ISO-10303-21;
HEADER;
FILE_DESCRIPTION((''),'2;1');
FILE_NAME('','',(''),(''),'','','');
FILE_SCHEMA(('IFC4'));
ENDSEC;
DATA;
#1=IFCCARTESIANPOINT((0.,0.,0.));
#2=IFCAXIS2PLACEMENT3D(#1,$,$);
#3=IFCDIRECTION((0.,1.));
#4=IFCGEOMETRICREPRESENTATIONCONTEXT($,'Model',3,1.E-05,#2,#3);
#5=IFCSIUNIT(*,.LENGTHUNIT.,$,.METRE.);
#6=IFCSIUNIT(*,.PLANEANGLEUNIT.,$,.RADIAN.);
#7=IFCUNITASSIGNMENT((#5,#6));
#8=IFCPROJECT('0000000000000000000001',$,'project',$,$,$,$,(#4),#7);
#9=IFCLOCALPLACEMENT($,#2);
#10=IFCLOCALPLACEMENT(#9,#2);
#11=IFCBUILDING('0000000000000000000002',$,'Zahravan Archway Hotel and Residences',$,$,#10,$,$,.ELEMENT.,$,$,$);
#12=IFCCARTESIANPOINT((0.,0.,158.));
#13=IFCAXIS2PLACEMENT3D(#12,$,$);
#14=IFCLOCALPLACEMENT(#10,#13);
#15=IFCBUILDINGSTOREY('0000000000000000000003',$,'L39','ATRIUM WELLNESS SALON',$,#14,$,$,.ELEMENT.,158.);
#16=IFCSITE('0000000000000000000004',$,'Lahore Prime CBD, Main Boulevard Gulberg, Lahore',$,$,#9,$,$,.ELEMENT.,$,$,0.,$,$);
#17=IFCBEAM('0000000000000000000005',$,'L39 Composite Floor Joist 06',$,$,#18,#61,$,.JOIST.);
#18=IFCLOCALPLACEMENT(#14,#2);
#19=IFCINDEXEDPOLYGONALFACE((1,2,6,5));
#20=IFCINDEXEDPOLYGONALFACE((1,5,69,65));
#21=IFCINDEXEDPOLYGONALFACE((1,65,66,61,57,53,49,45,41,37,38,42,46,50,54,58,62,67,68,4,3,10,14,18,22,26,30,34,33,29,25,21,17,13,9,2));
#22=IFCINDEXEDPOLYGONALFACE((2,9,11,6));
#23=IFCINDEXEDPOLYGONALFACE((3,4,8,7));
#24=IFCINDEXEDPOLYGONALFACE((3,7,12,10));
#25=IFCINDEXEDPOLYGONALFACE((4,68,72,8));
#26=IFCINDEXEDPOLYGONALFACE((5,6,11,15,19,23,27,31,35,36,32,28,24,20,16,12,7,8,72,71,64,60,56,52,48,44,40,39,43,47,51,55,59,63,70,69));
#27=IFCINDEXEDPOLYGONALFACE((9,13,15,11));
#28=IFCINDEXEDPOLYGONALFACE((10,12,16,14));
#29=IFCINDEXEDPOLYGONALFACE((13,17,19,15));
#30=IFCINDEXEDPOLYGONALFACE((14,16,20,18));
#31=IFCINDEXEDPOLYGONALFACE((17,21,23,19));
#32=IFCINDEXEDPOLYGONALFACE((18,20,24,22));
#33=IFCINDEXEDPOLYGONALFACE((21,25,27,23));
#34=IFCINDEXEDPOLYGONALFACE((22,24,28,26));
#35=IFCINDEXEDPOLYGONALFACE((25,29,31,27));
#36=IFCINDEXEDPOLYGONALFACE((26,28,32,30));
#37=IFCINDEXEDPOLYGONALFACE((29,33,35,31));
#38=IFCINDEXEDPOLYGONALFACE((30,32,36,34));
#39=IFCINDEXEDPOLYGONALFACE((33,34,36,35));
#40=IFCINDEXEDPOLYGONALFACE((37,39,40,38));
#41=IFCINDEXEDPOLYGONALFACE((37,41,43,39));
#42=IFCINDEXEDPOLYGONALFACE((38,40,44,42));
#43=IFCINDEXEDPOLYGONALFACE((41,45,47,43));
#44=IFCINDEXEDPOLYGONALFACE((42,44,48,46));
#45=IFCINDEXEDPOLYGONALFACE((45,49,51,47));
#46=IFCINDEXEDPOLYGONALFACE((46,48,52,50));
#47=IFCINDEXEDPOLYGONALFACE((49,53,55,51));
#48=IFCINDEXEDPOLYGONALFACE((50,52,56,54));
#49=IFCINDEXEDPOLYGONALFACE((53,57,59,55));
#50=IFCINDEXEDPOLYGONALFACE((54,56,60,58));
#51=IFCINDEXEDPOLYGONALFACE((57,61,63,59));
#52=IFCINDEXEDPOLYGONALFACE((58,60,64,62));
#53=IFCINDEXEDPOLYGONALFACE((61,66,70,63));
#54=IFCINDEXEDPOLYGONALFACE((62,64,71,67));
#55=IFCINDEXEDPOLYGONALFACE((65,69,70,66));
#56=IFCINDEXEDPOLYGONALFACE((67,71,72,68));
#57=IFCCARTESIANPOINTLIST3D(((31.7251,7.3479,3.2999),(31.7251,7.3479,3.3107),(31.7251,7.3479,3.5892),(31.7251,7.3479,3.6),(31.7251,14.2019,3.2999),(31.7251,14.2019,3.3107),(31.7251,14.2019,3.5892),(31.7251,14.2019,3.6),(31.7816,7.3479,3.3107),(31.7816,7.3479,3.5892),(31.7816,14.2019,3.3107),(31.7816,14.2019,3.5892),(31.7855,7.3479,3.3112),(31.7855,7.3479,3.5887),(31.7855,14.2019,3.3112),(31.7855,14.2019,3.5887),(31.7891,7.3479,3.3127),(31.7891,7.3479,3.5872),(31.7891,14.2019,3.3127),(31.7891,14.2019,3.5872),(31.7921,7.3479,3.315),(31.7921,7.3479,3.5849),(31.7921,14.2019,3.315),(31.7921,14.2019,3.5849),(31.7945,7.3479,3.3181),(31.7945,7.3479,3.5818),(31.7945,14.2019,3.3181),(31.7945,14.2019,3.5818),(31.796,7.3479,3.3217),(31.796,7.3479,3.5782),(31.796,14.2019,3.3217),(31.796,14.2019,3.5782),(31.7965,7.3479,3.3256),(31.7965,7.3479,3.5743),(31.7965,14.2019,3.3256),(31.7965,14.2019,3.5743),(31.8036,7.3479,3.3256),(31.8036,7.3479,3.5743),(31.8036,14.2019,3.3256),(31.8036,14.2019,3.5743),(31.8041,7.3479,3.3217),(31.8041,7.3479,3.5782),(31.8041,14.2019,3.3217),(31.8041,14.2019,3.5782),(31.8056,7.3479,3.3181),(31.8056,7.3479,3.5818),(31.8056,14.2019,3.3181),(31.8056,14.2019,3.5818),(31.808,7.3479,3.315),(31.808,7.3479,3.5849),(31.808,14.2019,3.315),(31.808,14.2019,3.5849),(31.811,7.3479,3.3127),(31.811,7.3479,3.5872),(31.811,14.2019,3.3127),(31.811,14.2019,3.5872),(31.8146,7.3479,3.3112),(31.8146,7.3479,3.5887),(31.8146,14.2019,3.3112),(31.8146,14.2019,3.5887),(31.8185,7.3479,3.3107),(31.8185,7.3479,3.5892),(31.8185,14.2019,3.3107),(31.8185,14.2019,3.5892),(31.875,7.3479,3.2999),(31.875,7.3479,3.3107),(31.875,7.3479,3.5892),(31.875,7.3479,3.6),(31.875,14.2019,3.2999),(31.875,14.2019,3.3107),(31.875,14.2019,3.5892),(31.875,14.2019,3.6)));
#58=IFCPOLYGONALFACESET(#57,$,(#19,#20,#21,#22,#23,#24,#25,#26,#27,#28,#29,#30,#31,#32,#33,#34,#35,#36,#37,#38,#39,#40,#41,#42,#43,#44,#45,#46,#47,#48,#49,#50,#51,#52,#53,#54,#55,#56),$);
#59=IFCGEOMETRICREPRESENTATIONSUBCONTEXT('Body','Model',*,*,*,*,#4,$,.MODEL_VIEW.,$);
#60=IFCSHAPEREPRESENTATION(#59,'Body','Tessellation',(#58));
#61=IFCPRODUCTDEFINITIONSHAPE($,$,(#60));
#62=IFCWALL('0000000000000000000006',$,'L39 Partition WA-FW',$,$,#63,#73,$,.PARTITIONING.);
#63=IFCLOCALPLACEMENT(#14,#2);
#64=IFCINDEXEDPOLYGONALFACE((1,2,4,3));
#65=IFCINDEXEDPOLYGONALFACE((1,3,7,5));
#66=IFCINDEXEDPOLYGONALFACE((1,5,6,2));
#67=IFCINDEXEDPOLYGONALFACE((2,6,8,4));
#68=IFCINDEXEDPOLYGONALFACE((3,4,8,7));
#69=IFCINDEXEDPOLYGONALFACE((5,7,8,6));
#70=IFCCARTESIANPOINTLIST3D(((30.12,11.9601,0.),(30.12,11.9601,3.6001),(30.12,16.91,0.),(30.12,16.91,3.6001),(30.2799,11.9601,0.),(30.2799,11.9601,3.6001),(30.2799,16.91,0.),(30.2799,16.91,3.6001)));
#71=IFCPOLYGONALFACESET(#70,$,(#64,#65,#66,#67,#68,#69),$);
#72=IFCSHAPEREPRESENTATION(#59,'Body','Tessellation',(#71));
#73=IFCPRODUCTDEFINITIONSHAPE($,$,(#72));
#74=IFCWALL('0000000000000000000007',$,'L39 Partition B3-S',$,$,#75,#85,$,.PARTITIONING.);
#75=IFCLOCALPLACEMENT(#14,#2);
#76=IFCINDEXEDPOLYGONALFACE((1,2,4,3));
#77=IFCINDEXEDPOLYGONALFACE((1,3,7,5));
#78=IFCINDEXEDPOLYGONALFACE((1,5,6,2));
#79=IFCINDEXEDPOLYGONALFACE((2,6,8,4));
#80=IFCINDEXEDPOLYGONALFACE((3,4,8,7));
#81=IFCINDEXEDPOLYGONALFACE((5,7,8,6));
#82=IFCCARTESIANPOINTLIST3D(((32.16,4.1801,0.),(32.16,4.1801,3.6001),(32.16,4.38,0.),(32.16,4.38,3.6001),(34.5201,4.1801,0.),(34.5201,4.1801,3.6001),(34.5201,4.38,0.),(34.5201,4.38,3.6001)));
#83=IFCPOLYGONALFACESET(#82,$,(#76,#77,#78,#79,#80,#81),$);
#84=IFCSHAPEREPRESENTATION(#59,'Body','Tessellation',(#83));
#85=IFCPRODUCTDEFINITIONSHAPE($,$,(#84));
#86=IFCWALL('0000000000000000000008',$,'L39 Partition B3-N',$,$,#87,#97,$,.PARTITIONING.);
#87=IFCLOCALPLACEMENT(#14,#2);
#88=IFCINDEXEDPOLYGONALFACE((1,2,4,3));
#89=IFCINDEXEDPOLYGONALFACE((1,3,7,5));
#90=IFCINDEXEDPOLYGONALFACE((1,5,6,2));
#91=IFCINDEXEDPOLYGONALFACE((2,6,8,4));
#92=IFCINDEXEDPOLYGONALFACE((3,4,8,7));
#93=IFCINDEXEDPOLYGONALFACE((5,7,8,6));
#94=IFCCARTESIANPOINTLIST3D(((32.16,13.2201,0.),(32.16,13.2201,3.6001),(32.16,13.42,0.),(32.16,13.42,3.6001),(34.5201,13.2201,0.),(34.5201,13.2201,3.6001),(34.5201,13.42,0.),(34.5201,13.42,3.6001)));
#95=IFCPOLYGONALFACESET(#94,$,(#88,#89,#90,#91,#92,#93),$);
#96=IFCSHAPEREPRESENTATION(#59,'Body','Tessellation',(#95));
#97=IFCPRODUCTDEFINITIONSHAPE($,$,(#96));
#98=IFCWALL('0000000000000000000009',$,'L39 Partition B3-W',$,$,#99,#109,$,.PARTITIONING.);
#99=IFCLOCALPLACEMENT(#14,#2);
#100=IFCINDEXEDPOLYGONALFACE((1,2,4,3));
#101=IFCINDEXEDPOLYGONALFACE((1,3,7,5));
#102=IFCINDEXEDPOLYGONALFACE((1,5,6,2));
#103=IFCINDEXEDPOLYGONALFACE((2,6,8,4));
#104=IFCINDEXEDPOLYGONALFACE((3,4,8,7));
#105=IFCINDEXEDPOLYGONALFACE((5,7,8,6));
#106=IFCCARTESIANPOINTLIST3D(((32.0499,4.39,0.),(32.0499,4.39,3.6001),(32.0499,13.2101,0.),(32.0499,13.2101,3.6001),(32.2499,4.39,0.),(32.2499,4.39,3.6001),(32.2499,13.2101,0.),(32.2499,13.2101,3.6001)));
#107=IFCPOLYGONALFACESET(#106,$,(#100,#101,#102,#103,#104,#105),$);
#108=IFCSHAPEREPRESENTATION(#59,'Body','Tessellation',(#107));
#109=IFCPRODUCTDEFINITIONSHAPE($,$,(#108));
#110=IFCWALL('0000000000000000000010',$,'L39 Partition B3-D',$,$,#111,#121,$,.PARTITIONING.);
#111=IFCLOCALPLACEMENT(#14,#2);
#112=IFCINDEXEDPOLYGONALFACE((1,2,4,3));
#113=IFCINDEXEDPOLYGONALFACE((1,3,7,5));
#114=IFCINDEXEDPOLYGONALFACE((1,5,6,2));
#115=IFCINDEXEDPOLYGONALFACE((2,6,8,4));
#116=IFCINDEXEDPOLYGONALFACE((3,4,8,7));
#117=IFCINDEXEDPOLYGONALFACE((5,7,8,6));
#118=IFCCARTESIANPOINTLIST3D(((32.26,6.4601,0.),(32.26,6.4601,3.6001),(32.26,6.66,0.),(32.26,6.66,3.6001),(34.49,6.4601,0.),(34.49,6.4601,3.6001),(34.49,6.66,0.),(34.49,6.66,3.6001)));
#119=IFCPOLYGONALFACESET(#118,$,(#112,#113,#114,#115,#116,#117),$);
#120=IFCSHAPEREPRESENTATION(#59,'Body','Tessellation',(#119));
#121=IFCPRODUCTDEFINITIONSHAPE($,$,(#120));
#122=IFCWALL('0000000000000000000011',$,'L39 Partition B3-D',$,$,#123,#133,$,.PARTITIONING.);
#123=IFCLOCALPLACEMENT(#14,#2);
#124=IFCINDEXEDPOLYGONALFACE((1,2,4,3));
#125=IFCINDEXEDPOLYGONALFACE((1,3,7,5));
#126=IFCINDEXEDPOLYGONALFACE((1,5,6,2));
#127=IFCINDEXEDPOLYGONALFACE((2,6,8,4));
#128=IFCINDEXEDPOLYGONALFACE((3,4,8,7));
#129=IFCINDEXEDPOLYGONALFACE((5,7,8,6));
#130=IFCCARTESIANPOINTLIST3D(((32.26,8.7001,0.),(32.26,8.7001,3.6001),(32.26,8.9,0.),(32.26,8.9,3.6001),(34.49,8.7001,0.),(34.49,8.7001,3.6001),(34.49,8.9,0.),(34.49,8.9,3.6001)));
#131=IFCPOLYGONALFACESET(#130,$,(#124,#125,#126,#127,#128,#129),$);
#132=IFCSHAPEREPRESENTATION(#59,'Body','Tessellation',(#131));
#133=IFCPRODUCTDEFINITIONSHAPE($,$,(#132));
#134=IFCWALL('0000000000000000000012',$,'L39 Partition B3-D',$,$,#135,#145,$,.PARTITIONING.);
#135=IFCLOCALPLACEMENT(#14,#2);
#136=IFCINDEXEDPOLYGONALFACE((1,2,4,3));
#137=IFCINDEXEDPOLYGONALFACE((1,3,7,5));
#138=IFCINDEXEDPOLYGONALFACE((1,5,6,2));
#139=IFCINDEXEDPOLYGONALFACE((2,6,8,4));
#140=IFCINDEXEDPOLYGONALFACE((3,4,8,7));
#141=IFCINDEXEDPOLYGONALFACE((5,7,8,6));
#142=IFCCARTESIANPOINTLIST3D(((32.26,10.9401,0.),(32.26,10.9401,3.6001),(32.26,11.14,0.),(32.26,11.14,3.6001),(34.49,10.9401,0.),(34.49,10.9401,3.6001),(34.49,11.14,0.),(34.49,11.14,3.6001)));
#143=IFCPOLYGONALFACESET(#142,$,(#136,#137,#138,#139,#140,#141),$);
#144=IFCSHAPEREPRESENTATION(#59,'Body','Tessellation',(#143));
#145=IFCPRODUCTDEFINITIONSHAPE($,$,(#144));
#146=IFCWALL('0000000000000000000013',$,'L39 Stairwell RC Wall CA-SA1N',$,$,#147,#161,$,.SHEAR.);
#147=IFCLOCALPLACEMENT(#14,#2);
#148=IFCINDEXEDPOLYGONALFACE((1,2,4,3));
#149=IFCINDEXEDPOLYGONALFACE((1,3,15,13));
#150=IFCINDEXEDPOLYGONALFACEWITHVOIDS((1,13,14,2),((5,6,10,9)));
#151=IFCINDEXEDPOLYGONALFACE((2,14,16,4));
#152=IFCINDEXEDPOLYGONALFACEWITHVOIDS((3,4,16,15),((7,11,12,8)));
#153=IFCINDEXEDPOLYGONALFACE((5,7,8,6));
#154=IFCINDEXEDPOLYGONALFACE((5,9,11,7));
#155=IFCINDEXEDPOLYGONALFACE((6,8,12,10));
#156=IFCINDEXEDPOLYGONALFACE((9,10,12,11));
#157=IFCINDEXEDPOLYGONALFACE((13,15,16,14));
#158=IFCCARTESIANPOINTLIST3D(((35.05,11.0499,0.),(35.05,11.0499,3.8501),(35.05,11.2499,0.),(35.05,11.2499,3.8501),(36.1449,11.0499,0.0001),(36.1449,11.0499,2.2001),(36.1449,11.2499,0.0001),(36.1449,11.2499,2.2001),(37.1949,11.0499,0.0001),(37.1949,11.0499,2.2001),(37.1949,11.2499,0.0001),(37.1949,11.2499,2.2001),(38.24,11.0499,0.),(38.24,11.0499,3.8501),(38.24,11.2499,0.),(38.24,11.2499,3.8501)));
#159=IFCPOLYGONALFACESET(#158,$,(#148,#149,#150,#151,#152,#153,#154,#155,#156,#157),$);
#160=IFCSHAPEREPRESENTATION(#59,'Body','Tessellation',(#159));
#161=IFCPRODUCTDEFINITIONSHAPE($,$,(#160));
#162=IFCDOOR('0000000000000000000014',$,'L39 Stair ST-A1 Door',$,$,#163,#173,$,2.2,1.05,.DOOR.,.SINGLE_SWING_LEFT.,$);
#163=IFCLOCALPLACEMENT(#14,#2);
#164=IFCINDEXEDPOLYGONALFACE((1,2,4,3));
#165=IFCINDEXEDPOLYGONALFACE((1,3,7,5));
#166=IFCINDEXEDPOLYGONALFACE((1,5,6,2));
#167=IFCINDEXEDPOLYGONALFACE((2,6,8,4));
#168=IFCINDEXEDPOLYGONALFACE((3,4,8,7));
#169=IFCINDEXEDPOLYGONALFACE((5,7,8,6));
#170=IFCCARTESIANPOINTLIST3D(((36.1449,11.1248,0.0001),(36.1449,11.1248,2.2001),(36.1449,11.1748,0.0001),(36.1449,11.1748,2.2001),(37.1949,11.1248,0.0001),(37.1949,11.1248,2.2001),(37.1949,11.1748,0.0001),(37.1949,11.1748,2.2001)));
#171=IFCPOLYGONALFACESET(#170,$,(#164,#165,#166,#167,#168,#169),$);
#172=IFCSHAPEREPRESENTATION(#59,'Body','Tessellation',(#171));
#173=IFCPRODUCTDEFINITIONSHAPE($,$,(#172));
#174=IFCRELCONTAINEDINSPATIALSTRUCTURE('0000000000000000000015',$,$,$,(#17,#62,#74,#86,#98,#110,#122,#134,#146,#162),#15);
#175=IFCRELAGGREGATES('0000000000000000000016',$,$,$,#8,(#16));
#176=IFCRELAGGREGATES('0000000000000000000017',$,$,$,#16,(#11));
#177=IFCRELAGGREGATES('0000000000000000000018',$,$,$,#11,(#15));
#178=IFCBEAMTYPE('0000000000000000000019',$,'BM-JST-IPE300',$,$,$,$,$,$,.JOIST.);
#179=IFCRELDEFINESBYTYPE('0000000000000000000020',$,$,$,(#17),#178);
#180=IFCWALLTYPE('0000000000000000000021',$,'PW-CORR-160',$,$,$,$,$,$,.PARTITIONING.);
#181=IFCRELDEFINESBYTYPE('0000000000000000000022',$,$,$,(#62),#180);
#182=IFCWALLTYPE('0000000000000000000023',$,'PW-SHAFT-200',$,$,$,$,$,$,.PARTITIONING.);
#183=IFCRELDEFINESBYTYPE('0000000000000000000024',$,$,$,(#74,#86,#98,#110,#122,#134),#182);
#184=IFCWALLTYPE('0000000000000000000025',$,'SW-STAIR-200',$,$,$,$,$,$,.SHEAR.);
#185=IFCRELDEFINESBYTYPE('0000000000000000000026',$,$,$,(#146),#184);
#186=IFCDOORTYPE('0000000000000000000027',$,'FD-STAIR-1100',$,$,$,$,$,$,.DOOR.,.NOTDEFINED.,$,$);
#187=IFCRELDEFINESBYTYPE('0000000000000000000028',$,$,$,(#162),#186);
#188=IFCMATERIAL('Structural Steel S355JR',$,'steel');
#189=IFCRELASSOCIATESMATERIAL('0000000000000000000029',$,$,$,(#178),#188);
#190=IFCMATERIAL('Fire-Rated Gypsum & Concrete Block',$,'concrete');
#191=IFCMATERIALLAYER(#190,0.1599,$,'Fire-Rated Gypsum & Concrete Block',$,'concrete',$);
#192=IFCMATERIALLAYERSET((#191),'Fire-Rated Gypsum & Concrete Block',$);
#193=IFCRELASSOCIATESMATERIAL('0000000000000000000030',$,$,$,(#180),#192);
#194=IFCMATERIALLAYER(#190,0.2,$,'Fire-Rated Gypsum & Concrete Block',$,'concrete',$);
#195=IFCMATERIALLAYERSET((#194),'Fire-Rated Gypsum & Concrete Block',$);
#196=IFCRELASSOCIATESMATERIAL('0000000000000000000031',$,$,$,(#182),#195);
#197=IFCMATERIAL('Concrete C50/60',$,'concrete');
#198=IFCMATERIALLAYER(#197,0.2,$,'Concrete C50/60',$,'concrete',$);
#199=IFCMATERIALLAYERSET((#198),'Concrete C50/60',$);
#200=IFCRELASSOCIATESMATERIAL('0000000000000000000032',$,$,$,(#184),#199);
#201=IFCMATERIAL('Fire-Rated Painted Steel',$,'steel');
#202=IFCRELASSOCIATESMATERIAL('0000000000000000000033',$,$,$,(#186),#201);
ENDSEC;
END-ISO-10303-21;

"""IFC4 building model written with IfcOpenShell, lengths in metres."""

from ifc_helpers import new_model, si_unit, direction, frame, frame_2d, origin, origin_2d, place, context, subcontext, project, spatial, rectangle, i_section, extrude, source, transform, mapped, material, layer, layer_set, material_profile, profile_set, type_object, type_shapes, element, fill, save


model = new_model("IFC4")

# Units and contexts
model_context = context("Model", 3, precision=1e-05, world=origin(), true_north=direction((0.0, 1.0)))
body_context = subcontext(model_context, "Body", "Model", "MODEL_VIEW")
ifc_project = project(units=[si_unit("LENGTHUNIT", "METRE"), si_unit("PLANEANGLEUNIT", "RADIAN")], contexts=[model_context])

# Site, building, storey
site_placement = place(None, origin())
site = spatial("IfcSite", under=ifc_project, at=site_placement, Name="Lahore Prime CBD, Main Boulevard Gulberg, Lahore", CompositionType="ELEMENT", RefElevation=0.0)
building_placement = place(site_placement, origin())
building = spatial("IfcBuilding", under=site, at=building_placement, Name="Zahravan Archway Hotel and Residences", CompositionType="ELEMENT")
storey_placement = place(building_placement, frame((0.0, 0.0, 158.0)))
storey = spatial("IfcBuildingStorey", under=building, at=storey_placement, Name="L39", Description="ATRIUM WELLNESS SALON", CompositionType="ELEMENT", Elevation=158.0)

# Beam
ifc_material_1 = material(Name="Structural Steel S355JR", Category="steel")
ifc_material_profile_1 = material_profile(ifc_material_1, i_section(OverallWidth=0.1499, OverallDepth=0.3, WebThickness=0.0071, FlangeThickness=0.0107, FilletRadius=0.0149, at=origin_2d()), Name="IPE 300", Category="steel")
ifc_profile_set_1 = profile_set([ifc_material_profile_1], Name="Structural Steel S355JR")
beam_type_1 = type_object("IfcBeamType", Name="BM-JST-IPE300", PredefinedType="JOIST", material=ifc_profile_set_1)
shared_shape_1 = source(origin(), body_context, "Body", "SweptSolid", [
    extrude(i_section(OverallWidth=0.1499, OverallDepth=0.3, WebThickness=0.0071, FlangeThickness=0.0107, FilletRadius=0.0149, at=origin_2d()), origin(), (0.0, 0.0, 1.0), 6.854),
])
beam_1_placement = place(storey_placement, frame((31.8, 7.3479, 3.45), z_axis=(0.0, 1.0, 0.0), x_axis=(-1.0, 0.0, 0.0)))
element("IfcBeam", 1, at=beam_1_placement, inside=storey, type_object=beam_type_1, Name="L39 Composite Floor Joist 06", PredefinedType="JOIST", context=body_context, shape_type="MappedRepresentation", body=[
    mapped(shared_shape_1, transform((0.0, 0.0, 0.0), scale=1.0)),
])

# Walls
ifc_material_2 = material(Name="Fire-Rated Gypsum & Concrete Block", Category="concrete")
ifc_layer_1 = layer(ifc_material_2, 0.1599, Name="Fire-Rated Gypsum & Concrete Block", Category="concrete")
ifc_layer_set_1 = layer_set([ifc_layer_1], Name="Fire-Rated Gypsum & Concrete Block")
wall_type_1 = type_object("IfcWallType", Name="PW-CORR-160", PredefinedType="PARTITIONING", material=ifc_layer_set_1)
wall_1_placement = place(storey_placement, frame((30.2, 11.96, 0.0), z_axis=(0.0, 0.0, 1.0), x_axis=(0.0, 1.0, 0.0)))
element("IfcWall", 2, at=wall_1_placement, inside=storey, type_object=wall_type_1, Name="L39 Partition WA-FW", PredefinedType="PARTITIONING", context=body_context, shape_type="SweptSolid", body=[
    extrude(rectangle(XDim=4.95, YDim=0.1599, at=frame_2d((2.4751, 0.0))), origin(), (0.0, 0.0, 1.0), 3.6001),
])
ifc_layer_2 = layer(ifc_material_2, 0.2, Name="Fire-Rated Gypsum & Concrete Block", Category="concrete")
ifc_layer_set_2 = layer_set([ifc_layer_2], Name="Fire-Rated Gypsum & Concrete Block")
wall_type_2 = type_object("IfcWallType", Name="PW-SHAFT-200", PredefinedType="PARTITIONING", material=ifc_layer_set_2)
for number, where, z_axis, x_axis, name in (
    (3, (32.1599, 4.28, 0.0), (0.0, 0.0, 1.0), (1.0, 0.0, 0.0), "L39 Partition B3-S"),
    (4, (32.1599, 13.3201, 0.0), (0.0, 0.0, 1.0), (1.0, 0.0, 0.0), "L39 Partition B3-N"),
):
    element("IfcWall", number, at=place(storey_placement, frame(where, z_axis=z_axis, x_axis=x_axis)), inside=storey, type_object=wall_type_2, Name=name, PredefinedType="PARTITIONING", context=body_context, shape_type="SweptSolid", body=[
        extrude(rectangle(XDim=2.3601, YDim=0.2, at=frame_2d((1.1802, 0.0))), origin(), (0.0, 0.0, 1.0), 3.6001),
    ])
wall_2_placement = place(storey_placement, frame((32.1499, 4.3899, 0.0), z_axis=(0.0, 0.0, 1.0), x_axis=(0.0, 1.0, 0.0)))
element("IfcWall", 5, at=wall_2_placement, inside=storey, type_object=wall_type_2, Name="L39 Partition B3-W", PredefinedType="PARTITIONING", context=body_context, shape_type="SweptSolid", body=[
    extrude(rectangle(XDim=8.8201, YDim=0.2, at=frame_2d((4.4102, 0.0))), origin(), (0.0, 0.0, 1.0), 3.6001),
])
for number, where, z_axis, x_axis, name in (
    (6, (32.26, 6.5601, 0.0), (0.0, 0.0, 1.0), (1.0, 0.0, 0.0), "L39 Partition B3-D"),
    (7, (32.26, 8.8, 0.0), (0.0, 0.0, 1.0), (1.0, 0.0, 0.0), "L39 Partition B3-D"),
    (8, (32.26, 11.04, 0.0), (0.0, 0.0, 1.0), (1.0, 0.0, 0.0), "L39 Partition B3-D"),
):
    element("IfcWall", number, at=place(storey_placement, frame(where, z_axis=z_axis, x_axis=x_axis)), inside=storey, type_object=wall_type_2, Name=name, PredefinedType="PARTITIONING", context=body_context, shape_type="SweptSolid", body=[
        extrude(rectangle(XDim=2.23, YDim=0.2, at=frame_2d((1.115, 0.0))), origin(), (0.0, 0.0, 1.0), 3.6001),
    ])

# Wall, opening, door
ifc_material_3 = material(Name="Concrete C50/60", Category="concrete")
ifc_layer_3 = layer(ifc_material_3, 0.2, Name="Concrete C50/60", Category="concrete")
ifc_layer_set_3 = layer_set([ifc_layer_3], Name="Concrete C50/60")
wall_type_3 = type_object("IfcWallType", Name="SW-STAIR-200", PredefinedType="SHEAR", material=ifc_layer_set_3)
wall_3_placement = place(storey_placement, frame((35.05, 11.1499, 0.0), z_axis=(0.0, 0.0, 1.0), x_axis=(1.0, 0.0, 0.0)))
wall_3 = element("IfcWall", 9, at=wall_3_placement, inside=storey, type_object=wall_type_3, Name="L39 Stairwell RC Wall CA-SA1N", PredefinedType="SHEAR", context=body_context, shape_type="SweptSolid", body=[
    extrude(rectangle(XDim=3.1899, YDim=0.2, at=frame_2d((1.595, 0.0))), origin(), (0.0, 0.0, 1.0), 3.8501),
])
opening_placement = place(wall_3_placement, frame((1.095, 0.0, 0.0)))
opening = element("IfcOpeningElement", 10, at=opening_placement, cuts=wall_3, PredefinedType="OPENING", context=body_context, shape_type="SweptSolid", body=[
    extrude(rectangle(XDim=1.05, YDim=2.2, at=frame_2d((0.5249, 1.1001))), frame((0.0, 0.1099, 0.0), z_axis=(0.0, -1.0, 0.0), x_axis=(1.0, 0.0, 0.0)), (0.0, 0.0, 1.0), 0.22),
])
ifc_material_4 = material(Name="Fire-Rated Painted Steel", Category="steel")
door_type = type_object("IfcDoorType", Name="FD-STAIR-1100", OperationType="NOTDEFINED", PredefinedType="DOOR", material=ifc_material_4)
shared_shape_2 = source(origin(), body_context, "Body", "SweptSolid", [
    extrude(rectangle(XDim=1.05, YDim=2.2, at=frame_2d((0.5249, 1.1001))), frame((0.0, 0.0249, 0.0), z_axis=(0.0, -1.0, 0.0), x_axis=(1.0, 0.0, 0.0)), (0.0, 0.0, 1.0), 0.05),
])
type_shapes(door_type, [shared_shape_2])
door_placement = place(opening_placement, origin())
door = element("IfcDoor", 11, at=door_placement, inside=storey, type_object=door_type, Name="L39 Stair ST-A1 Door", OperationType="SINGLE_SWING_LEFT", OverallHeight=2.2, OverallWidth=1.05, PredefinedType="DOOR", context=body_context, shape_type="MappedRepresentation", body=[
    mapped(shared_shape_2, transform((0.0, 0.0, 0.0), scale=1.0)),
])
fill(opening, door)

save(model, "model.ifc")
